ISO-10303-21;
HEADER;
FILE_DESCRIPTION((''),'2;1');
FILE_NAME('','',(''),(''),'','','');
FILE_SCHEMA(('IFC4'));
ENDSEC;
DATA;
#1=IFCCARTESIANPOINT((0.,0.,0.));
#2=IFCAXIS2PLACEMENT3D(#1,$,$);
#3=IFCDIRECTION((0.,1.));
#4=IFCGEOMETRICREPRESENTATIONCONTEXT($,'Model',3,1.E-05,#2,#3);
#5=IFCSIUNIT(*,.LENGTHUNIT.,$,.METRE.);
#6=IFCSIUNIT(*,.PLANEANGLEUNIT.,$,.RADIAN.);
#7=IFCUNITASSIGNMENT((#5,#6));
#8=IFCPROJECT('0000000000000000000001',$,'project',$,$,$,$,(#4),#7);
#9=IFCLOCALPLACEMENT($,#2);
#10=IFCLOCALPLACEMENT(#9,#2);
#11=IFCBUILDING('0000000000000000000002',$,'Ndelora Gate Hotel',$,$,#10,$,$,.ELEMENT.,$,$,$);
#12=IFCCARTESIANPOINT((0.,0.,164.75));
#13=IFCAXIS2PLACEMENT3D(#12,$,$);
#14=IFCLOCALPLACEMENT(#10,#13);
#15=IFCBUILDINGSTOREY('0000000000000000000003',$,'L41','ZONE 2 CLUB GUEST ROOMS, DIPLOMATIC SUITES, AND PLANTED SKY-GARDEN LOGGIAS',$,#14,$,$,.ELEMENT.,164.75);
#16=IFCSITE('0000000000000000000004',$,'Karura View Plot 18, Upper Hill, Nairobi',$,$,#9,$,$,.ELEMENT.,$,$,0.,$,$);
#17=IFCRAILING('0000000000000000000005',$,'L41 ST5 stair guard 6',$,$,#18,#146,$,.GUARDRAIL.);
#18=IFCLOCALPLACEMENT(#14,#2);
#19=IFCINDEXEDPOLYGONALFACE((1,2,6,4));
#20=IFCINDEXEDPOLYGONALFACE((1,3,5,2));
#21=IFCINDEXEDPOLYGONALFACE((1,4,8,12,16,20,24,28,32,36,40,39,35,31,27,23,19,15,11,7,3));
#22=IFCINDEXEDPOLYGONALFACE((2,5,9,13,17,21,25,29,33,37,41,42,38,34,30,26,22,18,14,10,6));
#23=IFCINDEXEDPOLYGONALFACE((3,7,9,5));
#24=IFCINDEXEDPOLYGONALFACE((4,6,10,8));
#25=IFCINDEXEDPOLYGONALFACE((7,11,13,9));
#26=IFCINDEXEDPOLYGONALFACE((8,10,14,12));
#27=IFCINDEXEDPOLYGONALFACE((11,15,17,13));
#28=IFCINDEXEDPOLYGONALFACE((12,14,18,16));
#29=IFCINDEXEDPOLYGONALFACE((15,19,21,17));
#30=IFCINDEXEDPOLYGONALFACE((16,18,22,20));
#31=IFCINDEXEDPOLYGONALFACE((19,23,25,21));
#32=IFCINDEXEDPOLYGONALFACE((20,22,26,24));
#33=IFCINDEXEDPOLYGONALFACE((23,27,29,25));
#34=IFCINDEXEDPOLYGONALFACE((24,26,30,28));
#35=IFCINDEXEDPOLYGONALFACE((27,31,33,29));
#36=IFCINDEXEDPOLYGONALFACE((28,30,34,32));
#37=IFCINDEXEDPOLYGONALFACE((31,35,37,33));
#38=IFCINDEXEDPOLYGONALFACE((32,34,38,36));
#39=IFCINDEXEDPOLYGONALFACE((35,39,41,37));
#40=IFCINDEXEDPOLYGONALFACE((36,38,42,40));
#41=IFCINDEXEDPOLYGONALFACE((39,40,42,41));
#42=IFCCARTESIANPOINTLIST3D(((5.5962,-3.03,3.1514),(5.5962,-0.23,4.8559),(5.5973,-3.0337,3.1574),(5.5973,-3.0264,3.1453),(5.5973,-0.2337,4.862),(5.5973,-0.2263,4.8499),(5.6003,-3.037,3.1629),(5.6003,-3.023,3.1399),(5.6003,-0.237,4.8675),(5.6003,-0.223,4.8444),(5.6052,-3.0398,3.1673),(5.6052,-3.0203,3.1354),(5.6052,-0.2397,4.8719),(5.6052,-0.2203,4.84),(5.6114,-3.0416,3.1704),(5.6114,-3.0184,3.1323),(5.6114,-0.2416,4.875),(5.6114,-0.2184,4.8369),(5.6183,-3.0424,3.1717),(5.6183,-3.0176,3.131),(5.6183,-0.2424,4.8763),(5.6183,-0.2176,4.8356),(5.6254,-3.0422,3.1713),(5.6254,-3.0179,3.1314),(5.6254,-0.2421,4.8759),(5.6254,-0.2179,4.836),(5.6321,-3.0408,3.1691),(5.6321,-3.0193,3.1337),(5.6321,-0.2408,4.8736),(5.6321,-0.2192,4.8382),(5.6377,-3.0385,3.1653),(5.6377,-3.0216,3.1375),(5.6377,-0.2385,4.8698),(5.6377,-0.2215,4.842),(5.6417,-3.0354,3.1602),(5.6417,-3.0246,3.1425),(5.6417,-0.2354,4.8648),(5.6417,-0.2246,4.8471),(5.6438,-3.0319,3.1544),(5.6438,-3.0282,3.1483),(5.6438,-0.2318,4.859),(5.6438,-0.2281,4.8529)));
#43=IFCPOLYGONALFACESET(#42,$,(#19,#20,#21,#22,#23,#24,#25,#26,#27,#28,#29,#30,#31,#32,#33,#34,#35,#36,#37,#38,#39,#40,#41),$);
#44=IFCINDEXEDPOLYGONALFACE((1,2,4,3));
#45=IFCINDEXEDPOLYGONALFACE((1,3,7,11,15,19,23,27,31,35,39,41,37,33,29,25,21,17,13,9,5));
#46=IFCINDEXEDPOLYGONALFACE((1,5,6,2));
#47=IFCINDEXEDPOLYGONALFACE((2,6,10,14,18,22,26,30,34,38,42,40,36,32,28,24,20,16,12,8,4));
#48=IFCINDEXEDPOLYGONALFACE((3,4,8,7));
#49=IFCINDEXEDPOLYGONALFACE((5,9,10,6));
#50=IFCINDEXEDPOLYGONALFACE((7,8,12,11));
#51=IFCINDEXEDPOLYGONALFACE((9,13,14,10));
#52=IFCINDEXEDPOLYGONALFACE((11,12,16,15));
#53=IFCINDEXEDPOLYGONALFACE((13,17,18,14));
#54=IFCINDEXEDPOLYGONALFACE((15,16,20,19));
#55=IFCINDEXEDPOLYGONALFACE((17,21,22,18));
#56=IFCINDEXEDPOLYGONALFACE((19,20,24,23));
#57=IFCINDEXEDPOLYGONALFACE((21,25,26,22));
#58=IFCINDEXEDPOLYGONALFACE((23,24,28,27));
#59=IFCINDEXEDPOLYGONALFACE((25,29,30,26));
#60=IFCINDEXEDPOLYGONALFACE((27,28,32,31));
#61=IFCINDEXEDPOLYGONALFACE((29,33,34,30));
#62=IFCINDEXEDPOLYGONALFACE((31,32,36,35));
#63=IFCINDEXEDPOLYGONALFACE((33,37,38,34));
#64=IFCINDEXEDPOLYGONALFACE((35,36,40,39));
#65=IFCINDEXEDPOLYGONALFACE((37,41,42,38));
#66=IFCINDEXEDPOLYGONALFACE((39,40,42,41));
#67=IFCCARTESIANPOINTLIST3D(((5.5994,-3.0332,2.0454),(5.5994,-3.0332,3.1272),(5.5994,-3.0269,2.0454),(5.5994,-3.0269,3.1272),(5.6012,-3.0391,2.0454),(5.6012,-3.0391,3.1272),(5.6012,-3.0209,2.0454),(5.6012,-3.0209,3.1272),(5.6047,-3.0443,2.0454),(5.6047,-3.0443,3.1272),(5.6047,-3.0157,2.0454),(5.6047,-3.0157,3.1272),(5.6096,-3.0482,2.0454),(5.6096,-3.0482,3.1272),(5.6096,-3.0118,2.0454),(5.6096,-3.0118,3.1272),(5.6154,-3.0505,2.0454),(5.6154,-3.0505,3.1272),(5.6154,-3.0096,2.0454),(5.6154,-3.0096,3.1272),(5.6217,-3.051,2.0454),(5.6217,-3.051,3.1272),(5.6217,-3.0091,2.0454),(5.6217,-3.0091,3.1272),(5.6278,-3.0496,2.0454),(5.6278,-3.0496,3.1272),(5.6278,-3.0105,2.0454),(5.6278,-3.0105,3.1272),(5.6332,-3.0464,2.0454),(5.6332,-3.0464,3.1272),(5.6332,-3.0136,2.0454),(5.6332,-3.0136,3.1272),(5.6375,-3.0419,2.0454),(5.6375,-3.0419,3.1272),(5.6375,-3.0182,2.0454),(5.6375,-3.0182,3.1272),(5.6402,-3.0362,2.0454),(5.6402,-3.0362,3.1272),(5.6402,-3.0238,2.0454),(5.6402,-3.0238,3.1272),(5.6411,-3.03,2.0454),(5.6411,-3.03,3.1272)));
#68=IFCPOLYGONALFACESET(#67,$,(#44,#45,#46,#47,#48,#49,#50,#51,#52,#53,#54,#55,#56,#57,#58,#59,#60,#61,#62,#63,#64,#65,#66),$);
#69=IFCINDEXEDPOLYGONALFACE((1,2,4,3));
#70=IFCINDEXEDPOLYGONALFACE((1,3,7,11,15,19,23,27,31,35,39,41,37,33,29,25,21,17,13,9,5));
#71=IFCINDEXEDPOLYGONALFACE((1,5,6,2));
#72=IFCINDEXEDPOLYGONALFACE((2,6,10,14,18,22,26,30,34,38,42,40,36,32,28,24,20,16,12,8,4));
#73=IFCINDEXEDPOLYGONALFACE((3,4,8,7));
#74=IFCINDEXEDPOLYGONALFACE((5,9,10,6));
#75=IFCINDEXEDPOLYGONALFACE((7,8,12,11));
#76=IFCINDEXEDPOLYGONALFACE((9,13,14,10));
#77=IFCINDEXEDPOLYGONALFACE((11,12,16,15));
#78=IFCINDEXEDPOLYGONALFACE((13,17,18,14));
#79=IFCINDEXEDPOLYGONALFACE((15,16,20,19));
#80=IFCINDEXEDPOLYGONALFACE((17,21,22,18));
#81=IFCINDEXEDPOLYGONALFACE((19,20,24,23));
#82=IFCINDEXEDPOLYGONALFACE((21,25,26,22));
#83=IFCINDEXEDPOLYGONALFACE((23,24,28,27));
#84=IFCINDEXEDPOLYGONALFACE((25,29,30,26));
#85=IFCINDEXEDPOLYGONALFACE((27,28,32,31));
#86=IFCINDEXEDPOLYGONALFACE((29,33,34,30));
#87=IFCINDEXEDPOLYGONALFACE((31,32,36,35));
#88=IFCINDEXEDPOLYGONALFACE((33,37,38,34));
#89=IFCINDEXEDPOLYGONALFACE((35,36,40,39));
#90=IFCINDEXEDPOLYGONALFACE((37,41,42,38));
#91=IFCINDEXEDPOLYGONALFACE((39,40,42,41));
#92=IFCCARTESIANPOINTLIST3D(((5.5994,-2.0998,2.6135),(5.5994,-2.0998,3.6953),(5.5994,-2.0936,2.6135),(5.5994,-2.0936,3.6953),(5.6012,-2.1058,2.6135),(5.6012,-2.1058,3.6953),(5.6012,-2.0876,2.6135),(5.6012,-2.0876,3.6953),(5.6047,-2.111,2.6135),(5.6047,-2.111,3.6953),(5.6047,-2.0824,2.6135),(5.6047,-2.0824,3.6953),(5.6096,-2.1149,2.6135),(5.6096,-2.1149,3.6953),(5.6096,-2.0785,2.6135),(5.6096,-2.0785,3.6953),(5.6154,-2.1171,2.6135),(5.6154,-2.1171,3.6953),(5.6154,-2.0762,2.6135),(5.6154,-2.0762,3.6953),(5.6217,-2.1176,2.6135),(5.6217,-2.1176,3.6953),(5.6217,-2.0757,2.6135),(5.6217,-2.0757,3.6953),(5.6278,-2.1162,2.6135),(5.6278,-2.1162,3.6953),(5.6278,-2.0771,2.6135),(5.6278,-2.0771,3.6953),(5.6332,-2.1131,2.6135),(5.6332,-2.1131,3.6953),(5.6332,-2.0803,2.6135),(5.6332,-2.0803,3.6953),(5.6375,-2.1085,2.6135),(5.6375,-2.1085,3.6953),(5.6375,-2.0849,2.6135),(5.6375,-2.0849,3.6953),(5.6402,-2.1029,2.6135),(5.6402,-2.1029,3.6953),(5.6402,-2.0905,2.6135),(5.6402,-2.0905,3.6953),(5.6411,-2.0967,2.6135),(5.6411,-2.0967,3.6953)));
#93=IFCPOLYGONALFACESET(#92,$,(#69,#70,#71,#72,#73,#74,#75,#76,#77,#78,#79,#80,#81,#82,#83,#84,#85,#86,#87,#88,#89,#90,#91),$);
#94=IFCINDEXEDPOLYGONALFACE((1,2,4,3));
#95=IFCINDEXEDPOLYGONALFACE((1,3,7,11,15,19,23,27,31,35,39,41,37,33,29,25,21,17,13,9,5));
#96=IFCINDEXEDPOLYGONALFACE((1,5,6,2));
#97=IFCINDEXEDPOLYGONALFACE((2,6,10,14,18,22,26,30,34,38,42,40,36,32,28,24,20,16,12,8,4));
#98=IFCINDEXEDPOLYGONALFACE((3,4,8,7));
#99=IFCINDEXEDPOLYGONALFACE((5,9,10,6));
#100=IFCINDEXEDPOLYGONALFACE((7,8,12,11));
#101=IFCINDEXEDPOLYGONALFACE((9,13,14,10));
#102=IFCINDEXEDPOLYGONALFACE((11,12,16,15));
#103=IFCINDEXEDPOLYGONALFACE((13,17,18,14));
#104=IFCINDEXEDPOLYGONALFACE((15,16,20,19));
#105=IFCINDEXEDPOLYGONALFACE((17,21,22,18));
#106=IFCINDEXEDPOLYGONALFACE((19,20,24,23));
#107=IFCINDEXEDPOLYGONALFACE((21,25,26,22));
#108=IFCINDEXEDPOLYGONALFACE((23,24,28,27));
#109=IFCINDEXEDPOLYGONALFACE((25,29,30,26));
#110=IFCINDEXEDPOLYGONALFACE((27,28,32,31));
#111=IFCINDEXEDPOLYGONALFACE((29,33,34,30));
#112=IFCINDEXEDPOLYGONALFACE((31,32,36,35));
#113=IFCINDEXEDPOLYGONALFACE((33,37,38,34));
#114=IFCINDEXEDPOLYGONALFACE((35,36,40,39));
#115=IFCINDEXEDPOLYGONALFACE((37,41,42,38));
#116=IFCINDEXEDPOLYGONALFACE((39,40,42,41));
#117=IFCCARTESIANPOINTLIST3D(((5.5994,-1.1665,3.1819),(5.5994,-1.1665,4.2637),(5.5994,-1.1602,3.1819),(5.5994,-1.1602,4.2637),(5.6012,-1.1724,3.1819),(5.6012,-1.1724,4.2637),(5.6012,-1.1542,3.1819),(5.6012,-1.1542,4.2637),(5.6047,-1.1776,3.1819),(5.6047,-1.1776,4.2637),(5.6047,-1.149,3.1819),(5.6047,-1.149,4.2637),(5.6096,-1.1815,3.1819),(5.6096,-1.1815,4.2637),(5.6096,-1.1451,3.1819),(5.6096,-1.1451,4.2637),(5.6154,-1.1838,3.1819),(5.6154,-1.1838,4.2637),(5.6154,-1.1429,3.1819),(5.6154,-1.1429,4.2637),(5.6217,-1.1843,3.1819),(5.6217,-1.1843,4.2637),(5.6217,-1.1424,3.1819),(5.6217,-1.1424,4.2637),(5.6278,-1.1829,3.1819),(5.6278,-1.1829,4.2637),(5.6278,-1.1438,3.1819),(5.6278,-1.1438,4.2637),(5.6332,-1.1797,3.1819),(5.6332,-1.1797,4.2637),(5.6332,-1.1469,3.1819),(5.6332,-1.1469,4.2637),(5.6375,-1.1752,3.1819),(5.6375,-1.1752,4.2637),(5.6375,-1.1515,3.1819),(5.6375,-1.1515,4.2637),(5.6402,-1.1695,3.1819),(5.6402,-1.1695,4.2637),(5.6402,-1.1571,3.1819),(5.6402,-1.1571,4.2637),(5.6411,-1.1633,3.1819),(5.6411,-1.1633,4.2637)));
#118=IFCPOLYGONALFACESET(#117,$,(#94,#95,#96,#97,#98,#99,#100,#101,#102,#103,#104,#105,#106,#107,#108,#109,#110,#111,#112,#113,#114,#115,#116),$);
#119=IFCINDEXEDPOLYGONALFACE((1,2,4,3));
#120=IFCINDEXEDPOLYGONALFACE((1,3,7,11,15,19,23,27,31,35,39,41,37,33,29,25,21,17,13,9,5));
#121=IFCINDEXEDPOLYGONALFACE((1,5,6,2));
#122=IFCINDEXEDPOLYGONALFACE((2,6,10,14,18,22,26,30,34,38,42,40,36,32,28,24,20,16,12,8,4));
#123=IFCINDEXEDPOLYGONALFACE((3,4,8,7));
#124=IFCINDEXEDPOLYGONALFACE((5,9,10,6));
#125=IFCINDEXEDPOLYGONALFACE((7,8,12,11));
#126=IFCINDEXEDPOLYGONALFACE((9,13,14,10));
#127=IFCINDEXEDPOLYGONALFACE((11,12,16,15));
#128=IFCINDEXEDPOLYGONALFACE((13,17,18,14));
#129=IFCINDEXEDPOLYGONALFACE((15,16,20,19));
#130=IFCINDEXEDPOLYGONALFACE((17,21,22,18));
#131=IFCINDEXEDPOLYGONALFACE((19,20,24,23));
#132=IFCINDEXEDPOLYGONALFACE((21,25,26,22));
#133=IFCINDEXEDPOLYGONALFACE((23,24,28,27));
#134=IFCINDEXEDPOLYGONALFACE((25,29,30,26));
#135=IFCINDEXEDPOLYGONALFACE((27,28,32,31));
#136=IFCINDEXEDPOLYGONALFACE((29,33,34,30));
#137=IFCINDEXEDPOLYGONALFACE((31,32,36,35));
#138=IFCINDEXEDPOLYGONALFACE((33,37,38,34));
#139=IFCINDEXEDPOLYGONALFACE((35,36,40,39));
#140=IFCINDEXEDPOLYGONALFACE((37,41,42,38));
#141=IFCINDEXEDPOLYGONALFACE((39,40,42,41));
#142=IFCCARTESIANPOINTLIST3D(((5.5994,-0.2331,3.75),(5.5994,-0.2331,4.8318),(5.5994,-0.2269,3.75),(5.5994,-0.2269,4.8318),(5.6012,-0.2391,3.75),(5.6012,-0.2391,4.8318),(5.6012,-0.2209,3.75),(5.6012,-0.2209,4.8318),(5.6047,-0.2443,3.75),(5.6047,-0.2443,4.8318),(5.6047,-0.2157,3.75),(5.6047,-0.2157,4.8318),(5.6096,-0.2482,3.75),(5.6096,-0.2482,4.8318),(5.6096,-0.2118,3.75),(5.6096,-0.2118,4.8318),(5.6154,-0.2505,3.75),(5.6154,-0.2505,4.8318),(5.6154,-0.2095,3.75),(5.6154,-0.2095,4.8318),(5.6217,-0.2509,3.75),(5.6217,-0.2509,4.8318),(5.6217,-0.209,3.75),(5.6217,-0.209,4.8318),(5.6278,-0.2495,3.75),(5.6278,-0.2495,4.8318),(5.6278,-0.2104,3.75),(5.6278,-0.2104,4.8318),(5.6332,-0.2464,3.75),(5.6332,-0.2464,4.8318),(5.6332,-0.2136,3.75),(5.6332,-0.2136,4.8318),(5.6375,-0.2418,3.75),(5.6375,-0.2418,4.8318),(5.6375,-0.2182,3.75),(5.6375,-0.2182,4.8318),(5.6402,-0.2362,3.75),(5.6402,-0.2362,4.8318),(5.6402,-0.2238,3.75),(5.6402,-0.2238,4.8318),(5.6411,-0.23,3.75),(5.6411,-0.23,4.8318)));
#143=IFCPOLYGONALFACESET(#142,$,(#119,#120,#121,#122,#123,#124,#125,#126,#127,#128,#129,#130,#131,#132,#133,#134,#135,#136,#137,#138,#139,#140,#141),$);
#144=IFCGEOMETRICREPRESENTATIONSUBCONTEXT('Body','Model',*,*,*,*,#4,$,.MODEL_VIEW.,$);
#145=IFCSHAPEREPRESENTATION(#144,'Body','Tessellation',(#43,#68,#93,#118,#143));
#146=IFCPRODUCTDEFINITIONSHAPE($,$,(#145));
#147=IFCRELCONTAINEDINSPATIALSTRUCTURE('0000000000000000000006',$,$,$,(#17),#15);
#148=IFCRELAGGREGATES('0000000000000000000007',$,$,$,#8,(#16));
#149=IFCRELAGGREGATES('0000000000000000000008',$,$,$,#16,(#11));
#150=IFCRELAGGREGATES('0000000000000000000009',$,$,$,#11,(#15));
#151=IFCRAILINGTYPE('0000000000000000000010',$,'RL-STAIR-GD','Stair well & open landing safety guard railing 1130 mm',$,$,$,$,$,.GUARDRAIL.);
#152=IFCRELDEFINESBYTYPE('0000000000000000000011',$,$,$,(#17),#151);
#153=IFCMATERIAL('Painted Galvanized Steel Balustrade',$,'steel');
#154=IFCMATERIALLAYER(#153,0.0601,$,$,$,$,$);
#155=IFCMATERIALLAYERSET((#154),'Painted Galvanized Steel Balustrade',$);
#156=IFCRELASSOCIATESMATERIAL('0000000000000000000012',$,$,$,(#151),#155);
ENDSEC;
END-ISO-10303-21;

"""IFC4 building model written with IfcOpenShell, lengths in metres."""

from ifc_helpers import new_model, si_unit, direction, frame, origin, origin_2d, place, context, subcontext, project, spatial, circle, extrude, material, layer, layer_set, type_object, element, save


model = new_model("IFC4")

# Units and contexts
model_context = context("Model", 3, precision=1e-05, world=origin(), true_north=direction((0.0, 1.0)))
body_context = subcontext(model_context, "Body", "Model", "MODEL_VIEW")
ifc_project = project(units=[si_unit("LENGTHUNIT", "METRE"), si_unit("PLANEANGLEUNIT", "RADIAN")], contexts=[model_context])

# Site, building, storey
site_placement = place(None, origin())
site = spatial("IfcSite", under=ifc_project, at=site_placement, Name="Karura View Plot 18, Upper Hill, Nairobi", CompositionType="ELEMENT", RefElevation=0.0)
building_placement = place(site_placement, origin())
building = spatial("IfcBuilding", under=site, at=building_placement, Name="Ndelora Gate Hotel", CompositionType="ELEMENT")
storey_placement = place(building_placement, frame((0.0, 0.0, 164.75)))
storey = spatial("IfcBuildingStorey", under=building, at=storey_placement, Name="L41", Description="ZONE 2 CLUB GUEST ROOMS, DIPLOMATIC SUITES, AND PLANTED SKY-GARDEN LOGGIAS", CompositionType="ELEMENT", Elevation=164.75)

# Railing
ifc_material_1 = material(Name="Painted Galvanized Steel Balustrade", Category="steel")
ifc_layer_1 = layer(ifc_material_1, 0.0601)
ifc_layer_set_1 = layer_set([ifc_layer_1], Name="Painted Galvanized Steel Balustrade")
railing_type_1 = type_object("IfcRailingType", Name="RL-STAIR-GD", Description="Stair well & open landing safety guard railing 1130 mm", PredefinedType="GUARDRAIL", material=ifc_layer_set_1)
railing_1_placement = place(storey_placement, frame((5.6201, -3.03, 2.0454)))
element("IfcRailing", 1, at=railing_1_placement, inside=storey, type_object=railing_type_1, Name="L41 ST5 stair guard 6", PredefinedType="GUARDRAIL", context=body_context, shape_type="SweptSolid", body=[
    extrude(circle(Radius=0.0239, at=origin_2d()), frame((0.0, 0.0, 1.106), z_axis=(0.0, 0.85417, 0.519994), x_axis=(-1.0, 0.0, 0.0)), (0.0, 0.0, 1.0), 3.2781),
    extrude(circle(Radius=0.021, at=origin_2d()), origin(), (0.0, 0.0, 1.0), 1.0818),
    extrude(circle(Radius=0.021, at=origin_2d()), frame((0.0, 0.9333, 0.5681)), (0.0, 0.0, 1.0), 1.0818),
    extrude(circle(Radius=0.021, at=origin_2d()), frame((0.0, 1.8667, 1.1365)), (0.0, 0.0, 1.0), 1.0818),
    extrude(circle(Radius=0.021, at=origin_2d()), frame((0.0, 2.8, 1.7046)), (0.0, 0.0, 1.0), 1.0818),
])

save(model, "model.ifc")
